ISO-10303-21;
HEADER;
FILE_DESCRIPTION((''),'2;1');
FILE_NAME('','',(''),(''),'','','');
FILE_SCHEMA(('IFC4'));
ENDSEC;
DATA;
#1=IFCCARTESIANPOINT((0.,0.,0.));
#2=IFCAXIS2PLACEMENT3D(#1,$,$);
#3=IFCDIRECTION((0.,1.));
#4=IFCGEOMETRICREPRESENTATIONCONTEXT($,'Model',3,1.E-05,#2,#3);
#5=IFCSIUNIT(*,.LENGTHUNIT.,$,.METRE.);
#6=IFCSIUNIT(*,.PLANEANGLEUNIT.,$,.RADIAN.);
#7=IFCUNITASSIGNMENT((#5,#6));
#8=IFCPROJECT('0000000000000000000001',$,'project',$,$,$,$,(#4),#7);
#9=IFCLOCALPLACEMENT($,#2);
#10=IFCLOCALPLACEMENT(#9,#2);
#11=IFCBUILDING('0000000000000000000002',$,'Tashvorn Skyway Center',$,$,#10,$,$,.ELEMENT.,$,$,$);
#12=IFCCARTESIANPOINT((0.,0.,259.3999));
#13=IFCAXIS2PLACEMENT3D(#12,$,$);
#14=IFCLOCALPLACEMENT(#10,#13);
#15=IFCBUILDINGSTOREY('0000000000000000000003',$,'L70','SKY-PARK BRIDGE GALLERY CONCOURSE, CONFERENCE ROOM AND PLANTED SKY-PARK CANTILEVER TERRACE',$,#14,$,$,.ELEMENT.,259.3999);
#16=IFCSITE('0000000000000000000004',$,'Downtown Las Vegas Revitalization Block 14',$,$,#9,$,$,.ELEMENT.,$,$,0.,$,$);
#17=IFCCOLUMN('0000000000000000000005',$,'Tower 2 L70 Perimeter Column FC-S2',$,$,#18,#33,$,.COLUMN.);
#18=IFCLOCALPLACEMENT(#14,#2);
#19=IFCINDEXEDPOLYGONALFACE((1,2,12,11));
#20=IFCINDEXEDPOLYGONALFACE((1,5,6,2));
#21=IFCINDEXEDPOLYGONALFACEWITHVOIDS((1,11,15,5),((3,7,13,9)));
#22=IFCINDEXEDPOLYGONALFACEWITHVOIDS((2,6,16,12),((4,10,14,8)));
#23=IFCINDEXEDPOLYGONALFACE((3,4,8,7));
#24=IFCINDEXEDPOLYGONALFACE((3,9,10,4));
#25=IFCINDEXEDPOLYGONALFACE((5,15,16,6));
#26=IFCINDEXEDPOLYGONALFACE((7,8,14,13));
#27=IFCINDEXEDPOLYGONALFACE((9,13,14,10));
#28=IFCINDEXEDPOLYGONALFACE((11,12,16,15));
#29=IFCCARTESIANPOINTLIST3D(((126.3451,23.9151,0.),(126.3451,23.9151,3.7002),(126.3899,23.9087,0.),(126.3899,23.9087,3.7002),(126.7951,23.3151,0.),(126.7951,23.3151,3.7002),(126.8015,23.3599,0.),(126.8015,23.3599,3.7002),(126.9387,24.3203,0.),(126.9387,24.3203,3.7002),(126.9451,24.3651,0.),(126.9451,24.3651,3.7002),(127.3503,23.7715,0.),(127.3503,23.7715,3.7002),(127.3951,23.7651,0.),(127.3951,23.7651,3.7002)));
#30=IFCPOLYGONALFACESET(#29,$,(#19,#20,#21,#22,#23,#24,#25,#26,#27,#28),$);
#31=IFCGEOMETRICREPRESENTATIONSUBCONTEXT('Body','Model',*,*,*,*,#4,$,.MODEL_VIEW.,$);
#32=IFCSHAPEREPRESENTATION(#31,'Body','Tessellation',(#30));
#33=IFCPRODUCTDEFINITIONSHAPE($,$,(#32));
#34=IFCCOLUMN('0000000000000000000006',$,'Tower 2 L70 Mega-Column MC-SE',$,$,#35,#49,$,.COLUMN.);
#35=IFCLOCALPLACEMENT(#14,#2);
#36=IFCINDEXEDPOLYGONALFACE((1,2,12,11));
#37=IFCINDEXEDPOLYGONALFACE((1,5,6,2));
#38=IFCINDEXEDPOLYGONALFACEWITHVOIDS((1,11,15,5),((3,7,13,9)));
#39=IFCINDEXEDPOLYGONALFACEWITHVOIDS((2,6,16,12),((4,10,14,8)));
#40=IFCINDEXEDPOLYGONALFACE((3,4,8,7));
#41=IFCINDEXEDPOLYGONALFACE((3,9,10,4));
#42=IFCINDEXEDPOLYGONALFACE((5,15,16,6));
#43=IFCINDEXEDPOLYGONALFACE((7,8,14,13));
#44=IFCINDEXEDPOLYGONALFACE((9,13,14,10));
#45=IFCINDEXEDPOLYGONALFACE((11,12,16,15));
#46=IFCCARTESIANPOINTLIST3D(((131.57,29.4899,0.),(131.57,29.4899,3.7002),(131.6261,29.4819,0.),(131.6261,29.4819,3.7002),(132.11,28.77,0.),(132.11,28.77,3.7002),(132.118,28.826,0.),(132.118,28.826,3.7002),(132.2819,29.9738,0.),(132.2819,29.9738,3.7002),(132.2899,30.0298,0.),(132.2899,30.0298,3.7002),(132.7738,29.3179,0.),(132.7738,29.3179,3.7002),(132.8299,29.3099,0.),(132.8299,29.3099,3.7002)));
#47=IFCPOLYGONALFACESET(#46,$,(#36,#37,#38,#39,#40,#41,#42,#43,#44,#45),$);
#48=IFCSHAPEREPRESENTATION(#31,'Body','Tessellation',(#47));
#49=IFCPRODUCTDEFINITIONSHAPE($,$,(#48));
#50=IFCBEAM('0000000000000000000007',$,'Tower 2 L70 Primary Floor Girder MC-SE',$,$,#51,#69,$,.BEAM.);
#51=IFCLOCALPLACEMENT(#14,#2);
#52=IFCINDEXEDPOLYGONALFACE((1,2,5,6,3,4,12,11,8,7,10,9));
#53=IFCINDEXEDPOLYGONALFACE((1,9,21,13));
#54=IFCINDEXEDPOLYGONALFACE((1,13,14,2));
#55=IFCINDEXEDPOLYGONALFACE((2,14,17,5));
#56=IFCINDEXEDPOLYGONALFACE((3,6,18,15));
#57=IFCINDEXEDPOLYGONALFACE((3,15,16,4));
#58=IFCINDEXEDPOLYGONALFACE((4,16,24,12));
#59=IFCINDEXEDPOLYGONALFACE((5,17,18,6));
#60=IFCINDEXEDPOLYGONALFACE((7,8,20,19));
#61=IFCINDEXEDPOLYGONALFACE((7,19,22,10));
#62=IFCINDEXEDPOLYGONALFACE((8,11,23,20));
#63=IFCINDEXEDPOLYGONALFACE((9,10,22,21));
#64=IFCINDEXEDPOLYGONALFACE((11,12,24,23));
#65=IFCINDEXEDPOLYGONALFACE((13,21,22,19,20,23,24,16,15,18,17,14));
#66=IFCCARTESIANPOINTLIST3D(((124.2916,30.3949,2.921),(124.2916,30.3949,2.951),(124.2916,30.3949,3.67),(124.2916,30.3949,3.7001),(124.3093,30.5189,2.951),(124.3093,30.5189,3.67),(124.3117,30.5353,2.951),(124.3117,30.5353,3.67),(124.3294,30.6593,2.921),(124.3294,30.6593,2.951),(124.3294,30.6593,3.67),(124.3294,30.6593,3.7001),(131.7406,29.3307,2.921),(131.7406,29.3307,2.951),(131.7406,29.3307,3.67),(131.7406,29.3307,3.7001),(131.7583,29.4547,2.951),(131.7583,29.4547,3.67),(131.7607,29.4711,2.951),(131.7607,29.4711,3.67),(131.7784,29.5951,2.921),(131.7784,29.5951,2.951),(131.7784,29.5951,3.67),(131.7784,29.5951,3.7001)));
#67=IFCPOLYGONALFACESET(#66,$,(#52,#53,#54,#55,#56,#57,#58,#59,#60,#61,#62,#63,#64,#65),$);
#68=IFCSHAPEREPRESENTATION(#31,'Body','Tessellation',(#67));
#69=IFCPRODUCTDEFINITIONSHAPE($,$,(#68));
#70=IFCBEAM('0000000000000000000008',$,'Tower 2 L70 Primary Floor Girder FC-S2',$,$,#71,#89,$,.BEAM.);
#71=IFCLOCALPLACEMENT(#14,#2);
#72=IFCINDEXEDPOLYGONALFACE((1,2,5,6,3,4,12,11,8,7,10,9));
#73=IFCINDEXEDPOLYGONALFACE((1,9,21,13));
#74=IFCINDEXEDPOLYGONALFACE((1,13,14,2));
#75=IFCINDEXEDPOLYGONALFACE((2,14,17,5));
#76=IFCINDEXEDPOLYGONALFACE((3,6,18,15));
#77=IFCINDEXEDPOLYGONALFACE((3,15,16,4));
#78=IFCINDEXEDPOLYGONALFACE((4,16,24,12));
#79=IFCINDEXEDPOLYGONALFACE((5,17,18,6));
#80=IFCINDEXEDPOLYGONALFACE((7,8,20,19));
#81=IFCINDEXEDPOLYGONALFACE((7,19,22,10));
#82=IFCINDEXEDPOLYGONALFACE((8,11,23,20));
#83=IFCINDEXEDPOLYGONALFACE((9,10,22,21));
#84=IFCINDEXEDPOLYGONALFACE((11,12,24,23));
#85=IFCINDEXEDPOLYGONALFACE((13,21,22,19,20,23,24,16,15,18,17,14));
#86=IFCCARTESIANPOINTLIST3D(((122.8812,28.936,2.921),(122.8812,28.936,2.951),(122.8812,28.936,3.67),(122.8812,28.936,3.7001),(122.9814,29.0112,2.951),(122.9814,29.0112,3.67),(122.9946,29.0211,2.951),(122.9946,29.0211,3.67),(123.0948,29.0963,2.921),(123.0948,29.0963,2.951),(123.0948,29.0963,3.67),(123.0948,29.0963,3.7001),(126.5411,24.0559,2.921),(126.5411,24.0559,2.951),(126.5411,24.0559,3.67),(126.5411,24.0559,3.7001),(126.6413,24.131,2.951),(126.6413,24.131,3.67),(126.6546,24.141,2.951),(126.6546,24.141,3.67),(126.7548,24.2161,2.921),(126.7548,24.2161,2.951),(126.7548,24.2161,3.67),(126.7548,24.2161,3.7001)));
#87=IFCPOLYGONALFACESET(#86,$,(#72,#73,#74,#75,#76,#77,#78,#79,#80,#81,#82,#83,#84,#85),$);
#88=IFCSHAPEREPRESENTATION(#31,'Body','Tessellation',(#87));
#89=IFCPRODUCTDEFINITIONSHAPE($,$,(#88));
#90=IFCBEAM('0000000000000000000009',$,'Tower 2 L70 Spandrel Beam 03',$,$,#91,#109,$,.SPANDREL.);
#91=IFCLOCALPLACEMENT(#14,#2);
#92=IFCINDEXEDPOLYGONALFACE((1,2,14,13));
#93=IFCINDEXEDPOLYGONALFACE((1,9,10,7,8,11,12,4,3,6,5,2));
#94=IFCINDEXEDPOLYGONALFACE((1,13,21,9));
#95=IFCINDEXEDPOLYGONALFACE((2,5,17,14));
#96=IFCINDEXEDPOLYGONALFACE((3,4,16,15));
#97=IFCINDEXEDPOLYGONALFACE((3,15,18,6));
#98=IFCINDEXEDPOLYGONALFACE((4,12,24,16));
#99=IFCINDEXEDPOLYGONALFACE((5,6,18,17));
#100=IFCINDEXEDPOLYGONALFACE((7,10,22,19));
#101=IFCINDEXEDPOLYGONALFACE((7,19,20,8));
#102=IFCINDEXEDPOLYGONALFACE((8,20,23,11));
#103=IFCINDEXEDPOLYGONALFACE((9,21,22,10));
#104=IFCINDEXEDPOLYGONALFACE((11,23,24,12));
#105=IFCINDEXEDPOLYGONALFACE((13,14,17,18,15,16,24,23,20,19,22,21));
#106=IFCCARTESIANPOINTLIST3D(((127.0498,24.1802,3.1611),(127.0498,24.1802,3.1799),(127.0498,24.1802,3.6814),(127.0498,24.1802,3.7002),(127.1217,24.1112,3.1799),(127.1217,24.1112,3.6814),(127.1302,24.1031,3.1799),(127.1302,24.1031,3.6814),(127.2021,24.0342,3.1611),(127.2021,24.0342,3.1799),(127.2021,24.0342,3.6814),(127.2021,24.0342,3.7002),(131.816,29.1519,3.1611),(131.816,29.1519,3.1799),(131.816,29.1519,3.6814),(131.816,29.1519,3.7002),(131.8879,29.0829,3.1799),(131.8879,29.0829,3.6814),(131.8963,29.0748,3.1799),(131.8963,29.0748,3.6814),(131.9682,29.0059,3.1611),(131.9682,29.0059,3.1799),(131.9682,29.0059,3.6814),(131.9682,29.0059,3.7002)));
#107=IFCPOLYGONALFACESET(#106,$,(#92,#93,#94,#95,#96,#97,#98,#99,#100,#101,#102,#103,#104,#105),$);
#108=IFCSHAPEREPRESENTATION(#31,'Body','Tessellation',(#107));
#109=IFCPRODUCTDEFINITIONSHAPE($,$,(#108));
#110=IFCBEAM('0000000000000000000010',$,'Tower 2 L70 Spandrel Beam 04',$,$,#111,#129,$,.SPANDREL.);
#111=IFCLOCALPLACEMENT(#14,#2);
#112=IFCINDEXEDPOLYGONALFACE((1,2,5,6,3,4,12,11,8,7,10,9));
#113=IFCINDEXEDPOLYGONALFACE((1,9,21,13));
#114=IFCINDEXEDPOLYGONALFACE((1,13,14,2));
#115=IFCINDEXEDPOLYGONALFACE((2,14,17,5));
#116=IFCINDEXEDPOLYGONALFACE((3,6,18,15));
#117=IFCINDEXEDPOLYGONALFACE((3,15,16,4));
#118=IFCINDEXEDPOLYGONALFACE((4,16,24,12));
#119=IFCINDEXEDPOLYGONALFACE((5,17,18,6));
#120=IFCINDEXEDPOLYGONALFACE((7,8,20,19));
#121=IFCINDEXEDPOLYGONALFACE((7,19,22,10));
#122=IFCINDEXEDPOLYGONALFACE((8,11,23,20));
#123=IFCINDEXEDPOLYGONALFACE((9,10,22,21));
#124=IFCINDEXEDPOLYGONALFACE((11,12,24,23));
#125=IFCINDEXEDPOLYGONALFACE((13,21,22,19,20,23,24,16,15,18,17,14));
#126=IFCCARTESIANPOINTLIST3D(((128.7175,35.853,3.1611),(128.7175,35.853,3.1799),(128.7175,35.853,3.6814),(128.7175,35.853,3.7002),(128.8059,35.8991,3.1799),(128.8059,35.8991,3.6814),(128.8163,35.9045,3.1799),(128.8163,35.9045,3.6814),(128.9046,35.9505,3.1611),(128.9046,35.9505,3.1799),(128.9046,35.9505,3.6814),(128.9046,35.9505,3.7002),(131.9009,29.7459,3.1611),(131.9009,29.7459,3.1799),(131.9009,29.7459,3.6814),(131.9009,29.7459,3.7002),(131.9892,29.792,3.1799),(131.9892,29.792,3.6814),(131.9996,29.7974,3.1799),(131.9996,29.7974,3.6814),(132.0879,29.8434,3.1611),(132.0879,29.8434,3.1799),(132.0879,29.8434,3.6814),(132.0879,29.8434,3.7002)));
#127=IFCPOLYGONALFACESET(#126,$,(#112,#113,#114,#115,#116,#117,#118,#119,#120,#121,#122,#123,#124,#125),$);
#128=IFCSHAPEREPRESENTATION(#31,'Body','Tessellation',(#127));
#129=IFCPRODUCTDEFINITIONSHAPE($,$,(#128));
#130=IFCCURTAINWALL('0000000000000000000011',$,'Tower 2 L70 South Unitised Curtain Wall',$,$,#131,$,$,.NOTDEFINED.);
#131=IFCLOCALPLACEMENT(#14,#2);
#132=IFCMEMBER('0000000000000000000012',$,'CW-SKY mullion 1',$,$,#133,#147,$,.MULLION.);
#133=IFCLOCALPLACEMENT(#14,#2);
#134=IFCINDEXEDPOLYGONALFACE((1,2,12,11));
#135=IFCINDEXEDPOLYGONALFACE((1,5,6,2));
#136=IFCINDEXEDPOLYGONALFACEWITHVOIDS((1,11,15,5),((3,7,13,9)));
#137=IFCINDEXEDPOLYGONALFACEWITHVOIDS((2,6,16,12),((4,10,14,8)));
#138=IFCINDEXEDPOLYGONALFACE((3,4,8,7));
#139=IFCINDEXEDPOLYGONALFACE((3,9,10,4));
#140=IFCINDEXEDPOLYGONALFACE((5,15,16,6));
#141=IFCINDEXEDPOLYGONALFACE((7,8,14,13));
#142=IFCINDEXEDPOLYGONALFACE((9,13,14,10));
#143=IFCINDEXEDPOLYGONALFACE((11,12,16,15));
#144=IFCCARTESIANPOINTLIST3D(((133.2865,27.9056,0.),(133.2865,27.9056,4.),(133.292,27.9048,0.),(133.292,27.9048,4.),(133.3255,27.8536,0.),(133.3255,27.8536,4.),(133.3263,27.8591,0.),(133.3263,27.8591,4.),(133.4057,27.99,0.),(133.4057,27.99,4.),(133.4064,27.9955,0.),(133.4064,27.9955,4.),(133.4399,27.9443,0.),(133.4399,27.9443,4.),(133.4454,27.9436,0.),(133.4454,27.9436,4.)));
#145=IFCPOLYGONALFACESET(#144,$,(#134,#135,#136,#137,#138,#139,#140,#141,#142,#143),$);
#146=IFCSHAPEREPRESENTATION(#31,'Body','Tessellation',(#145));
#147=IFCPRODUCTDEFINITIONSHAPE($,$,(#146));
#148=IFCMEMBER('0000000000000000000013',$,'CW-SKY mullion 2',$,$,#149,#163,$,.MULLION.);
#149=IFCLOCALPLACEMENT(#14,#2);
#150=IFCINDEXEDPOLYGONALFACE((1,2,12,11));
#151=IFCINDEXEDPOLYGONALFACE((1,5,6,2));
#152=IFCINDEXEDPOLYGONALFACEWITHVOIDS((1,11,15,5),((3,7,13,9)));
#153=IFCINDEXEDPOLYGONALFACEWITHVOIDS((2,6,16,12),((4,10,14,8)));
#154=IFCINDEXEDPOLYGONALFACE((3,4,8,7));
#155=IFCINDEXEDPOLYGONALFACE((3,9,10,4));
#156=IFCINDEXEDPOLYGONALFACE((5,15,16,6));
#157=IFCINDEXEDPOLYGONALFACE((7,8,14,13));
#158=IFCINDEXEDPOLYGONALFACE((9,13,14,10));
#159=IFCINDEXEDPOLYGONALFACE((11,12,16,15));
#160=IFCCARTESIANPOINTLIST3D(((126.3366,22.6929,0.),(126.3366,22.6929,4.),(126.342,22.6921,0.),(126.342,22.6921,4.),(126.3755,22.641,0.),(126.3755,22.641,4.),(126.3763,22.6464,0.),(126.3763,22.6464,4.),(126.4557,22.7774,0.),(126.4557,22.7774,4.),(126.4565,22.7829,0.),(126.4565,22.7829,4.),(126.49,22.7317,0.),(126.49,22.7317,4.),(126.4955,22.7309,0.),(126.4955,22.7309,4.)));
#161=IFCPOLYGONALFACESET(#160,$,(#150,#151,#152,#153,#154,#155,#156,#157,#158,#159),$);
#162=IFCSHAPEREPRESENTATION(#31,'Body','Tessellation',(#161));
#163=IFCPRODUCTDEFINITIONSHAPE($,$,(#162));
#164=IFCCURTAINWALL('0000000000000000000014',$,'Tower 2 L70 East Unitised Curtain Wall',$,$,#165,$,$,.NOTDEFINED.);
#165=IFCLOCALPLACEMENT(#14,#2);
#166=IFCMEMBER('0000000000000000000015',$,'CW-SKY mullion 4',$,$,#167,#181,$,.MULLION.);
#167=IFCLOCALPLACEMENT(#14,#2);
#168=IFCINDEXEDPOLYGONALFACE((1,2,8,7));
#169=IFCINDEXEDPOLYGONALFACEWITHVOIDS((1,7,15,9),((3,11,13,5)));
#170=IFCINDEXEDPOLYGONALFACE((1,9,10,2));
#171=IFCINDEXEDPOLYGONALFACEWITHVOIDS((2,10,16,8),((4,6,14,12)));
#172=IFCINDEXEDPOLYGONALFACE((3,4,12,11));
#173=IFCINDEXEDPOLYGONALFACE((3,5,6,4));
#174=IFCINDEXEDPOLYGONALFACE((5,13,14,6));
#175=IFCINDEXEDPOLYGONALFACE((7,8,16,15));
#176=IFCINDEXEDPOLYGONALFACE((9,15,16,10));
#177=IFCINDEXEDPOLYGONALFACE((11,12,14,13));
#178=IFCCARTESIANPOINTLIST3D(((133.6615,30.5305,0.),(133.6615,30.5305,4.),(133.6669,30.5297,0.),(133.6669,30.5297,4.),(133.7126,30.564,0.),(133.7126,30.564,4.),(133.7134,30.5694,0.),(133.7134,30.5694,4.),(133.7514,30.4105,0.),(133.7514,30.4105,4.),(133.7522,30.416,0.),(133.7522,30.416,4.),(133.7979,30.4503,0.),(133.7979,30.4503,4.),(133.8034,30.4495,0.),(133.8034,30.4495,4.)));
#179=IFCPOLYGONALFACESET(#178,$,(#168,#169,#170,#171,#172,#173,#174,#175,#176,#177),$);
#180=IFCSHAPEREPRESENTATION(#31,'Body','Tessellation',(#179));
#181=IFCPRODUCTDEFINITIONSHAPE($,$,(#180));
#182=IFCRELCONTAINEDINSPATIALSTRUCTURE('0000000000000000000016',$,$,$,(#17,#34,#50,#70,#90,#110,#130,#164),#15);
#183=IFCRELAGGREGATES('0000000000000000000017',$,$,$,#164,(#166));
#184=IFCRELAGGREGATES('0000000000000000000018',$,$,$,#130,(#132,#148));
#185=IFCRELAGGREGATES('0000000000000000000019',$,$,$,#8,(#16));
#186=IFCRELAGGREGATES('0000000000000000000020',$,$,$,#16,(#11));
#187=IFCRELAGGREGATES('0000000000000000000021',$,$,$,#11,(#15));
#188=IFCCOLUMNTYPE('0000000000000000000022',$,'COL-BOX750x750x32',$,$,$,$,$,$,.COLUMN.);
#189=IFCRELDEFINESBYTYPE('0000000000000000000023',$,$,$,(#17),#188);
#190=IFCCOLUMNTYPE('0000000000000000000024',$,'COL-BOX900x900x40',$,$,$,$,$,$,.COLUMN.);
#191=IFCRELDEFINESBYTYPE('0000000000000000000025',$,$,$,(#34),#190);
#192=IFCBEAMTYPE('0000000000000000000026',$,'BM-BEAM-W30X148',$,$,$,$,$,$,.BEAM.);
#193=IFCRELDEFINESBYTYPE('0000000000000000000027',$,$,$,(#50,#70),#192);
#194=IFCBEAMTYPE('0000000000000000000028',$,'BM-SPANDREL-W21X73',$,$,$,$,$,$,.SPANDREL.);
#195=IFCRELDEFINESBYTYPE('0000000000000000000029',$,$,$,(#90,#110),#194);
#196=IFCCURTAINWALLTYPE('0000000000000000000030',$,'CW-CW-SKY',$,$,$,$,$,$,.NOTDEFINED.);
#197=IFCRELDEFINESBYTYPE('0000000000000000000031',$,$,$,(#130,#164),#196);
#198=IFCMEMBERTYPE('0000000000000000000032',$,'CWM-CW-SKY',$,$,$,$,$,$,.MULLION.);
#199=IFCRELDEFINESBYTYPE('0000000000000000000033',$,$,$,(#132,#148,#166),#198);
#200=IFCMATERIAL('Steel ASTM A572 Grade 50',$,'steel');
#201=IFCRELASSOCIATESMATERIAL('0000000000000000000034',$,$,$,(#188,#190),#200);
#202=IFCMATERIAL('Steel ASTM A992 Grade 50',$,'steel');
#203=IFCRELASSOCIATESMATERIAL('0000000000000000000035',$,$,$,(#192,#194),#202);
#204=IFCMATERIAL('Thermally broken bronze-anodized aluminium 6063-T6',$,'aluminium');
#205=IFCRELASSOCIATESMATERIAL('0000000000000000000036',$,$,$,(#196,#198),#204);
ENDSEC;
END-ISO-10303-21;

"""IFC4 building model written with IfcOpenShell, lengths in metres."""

from ifc_helpers import new_model, si_unit, direction, frame, origin, origin_2d, place, context, subcontext, project, spatial, hollow_rectangle, i_section, extrude, material, material_profile, profile_set, type_object, element, aggregate, save


model = new_model("IFC4")

# Units and contexts
model_context = context("Model", 3, precision=1e-05, world=origin(), true_north=direction((0.0, 1.0)))
body_context = subcontext(model_context, "Body", "Model", "MODEL_VIEW")
ifc_project = project(units=[si_unit("LENGTHUNIT", "METRE"), si_unit("PLANEANGLEUNIT", "RADIAN")], contexts=[model_context])

# Site, building, storey
site_placement = place(None, origin())
site = spatial("IfcSite", under=ifc_project, at=site_placement, Name="Downtown Las Vegas Revitalization Block 14", CompositionType="ELEMENT", RefElevation=0.0)
building_placement = place(site_placement, origin())
building = spatial("IfcBuilding", under=site, at=building_placement, Name="Tashvorn Skyway Center", CompositionType="ELEMENT")
storey_placement = place(building_placement, frame((0.0, 0.0, 259.3999)))
storey = spatial("IfcBuildingStorey", under=building, at=storey_placement, Name="L70", Description="SKY-PARK BRIDGE GALLERY CONCOURSE, CONFERENCE ROOM AND PLANTED SKY-PARK CANTILEVER TERRACE", CompositionType="ELEMENT", Elevation=259.3999)

# Columns
ifc_material_1 = material(Name="Steel ASTM A572 Grade 50", Category="steel")
ifc_material_profile_1 = material_profile(ifc_material_1, hollow_rectangle(XDim=0.75, YDim=0.75, WallThickness=0.032, at=origin_2d()), Name="BOX750x750x32")
ifc_profile_set_1 = profile_set([ifc_material_profile_1], Name="Steel ASTM A572 Grade 50")
column_type_1 = type_object("IfcColumnType", Name="COL-BOX750x750x32", PredefinedType="COLUMN", material=ifc_profile_set_1)
column_1_placement = place(storey_placement, frame((126.8701, 23.8401, 0.0), z_axis=(0.0, 0.0, 1.0), x_axis=(0.8, 0.6, 0.0)))
element("IfcColumn", 1, at=column_1_placement, inside=storey, type_object=column_type_1, Name="Tower 2 L70 Perimeter Column FC-S2", PredefinedType="COLUMN", context=body_context, shape_type="SweptSolid", body=[
    extrude(hollow_rectangle(XDim=0.75, YDim=0.75, WallThickness=0.032, at=origin_2d()), origin(), (0.0, 0.0, 1.0), 3.7002),
])
ifc_material_profile_2 = material_profile(ifc_material_1, hollow_rectangle(XDim=0.8999, YDim=0.8999, WallThickness=0.04, at=origin_2d()), Name="BOX900x900x40")
ifc_profile_set_2 = profile_set([ifc_material_profile_2], Name="Steel ASTM A572 Grade 50")
column_type_2 = type_object("IfcColumnType", Name="COL-BOX900x900x40", PredefinedType="COLUMN", material=ifc_profile_set_2)
column_2_placement = place(storey_placement, frame((132.2, 29.3999, 0.0), z_axis=(0.0, 0.0, 1.0), x_axis=(0.8, 0.6, 0.0)))
element("IfcColumn", 2, at=column_2_placement, inside=storey, type_object=column_type_2, Name="Tower 2 L70 Mega-Column MC-SE", PredefinedType="COLUMN", context=body_context, shape_type="SweptSolid", body=[
    extrude(hollow_rectangle(XDim=0.8999, YDim=0.8999, WallThickness=0.04, at=origin_2d()), origin(), (0.0, 0.0, 1.0), 3.7002),
])

# Beams
ifc_material_2 = material(Name="Steel ASTM A992 Grade 50", Category="steel")
ifc_material_profile_3 = material_profile(ifc_material_2, i_section(OverallWidth=0.2671, OverallDepth=0.7791, WebThickness=0.0166, FlangeThickness=0.03, at=origin_2d()), Name="W30X148")
ifc_profile_set_3 = profile_set([ifc_material_profile_3], Name="Steel ASTM A992 Grade 50")
beam_type_1 = type_object("IfcBeamType", Name="BM-BEAM-W30X148", PredefinedType="BEAM", material=ifc_profile_set_3)
beam_1_placement = place(storey_placement, frame((131.7595, 29.4629, 3.3105), z_axis=(-0.989948, 0.14143, 0.0), x_axis=(-0.14143, -0.989948, 0.0)))
element("IfcBeam", 3, at=beam_1_placement, inside=storey, type_object=beam_type_1, Name="Tower 2 L70 Primary Floor Girder MC-SE", PredefinedType="BEAM", context=body_context, shape_type="SweptSolid", body=[
    extrude(i_section(OverallWidth=0.2671, OverallDepth=0.7791, WebThickness=0.0166, FlangeThickness=0.03, at=origin_2d()), origin(), (0.0, 0.0, 1.0), 7.5247),
])
beam_2_placement = place(storey_placement, frame((126.6479, 24.136, 3.3105), z_axis=(-0.599981, 0.800014, 0.0), x_axis=(-0.800014, -0.599981, 0.0)))
element("IfcBeam", 4, at=beam_2_placement, inside=storey, type_object=beam_type_1, Name="Tower 2 L70 Primary Floor Girder FC-S2", PredefinedType="BEAM", context=body_context, shape_type="SweptSolid", body=[
    extrude(i_section(OverallWidth=0.2671, OverallDepth=0.7791, WebThickness=0.0166, FlangeThickness=0.03, at=origin_2d()), origin(), (0.0, 0.0, 1.0), 6.1001),
])
ifc_material_profile_4 = material_profile(ifc_material_2, i_section(OverallWidth=0.2109, OverallDepth=0.5391, WebThickness=0.0117, FlangeThickness=0.0188, at=origin_2d()), Name="W21X73")
ifc_profile_set_4 = profile_set([ifc_material_profile_4], Name="Steel ASTM A992 Grade 50")
beam_type_2 = type_object("IfcBeamType", Name="BM-SPANDREL-W21X73", PredefinedType="SPANDREL", material=ifc_profile_set_4)
beam_3_placement = place(storey_placement, frame((127.126, 24.1072, 3.4307), z_axis=(0.692025, 0.721873, 0.0), x_axis=(-0.721873, 0.692025, 0.0)))
element("IfcBeam", 5, at=beam_3_placement, inside=storey, type_object=beam_type_2, Name="Tower 2 L70 Spandrel Beam 03", PredefinedType="SPANDREL", context=body_context, shape_type="SweptSolid", body=[
    extrude(i_section(OverallWidth=0.2109, OverallDepth=0.5391, WebThickness=0.0117, FlangeThickness=0.0188, at=origin_2d()), origin(), (0.0, 0.0, 1.0), 6.8872),
])
beam_4_placement = place(storey_placement, frame((131.9944, 29.7947, 3.4307), z_axis=(-0.462223, 0.886764, 0.0), x_axis=(-0.886764, -0.462223, 0.0)))
element("IfcBeam", 6, at=beam_4_placement, inside=storey, type_object=beam_type_2, Name="Tower 2 L70 Spandrel Beam 04", PredefinedType="SPANDREL", context=body_context, shape_type="SweptSolid", body=[
    extrude(i_section(OverallWidth=0.2109, OverallDepth=0.5391, WebThickness=0.0117, FlangeThickness=0.0188, at=origin_2d()), origin(), (0.0, 0.0, 1.0), 6.887),
])

# Curtain wall, members
ifc_material_3 = material(Name="Thermally broken bronze-anodized aluminium 6063-T6", Category="aluminium")
curtain_wall_type = type_object("IfcCurtainWallType", Name="CW-CW-SKY", PredefinedType="NOTDEFINED", material=ifc_material_3)
curtain_wall_1_placement = place(storey_placement, origin())
curtain_wall_1 = element("IfcCurtainWall", 7, at=curtain_wall_1_placement, inside=storey, type_object=curtain_wall_type, Name="Tower 2 L70 South Unitised Curtain Wall", PredefinedType="NOTDEFINED")
ifc_material_profile_5 = material_profile(ifc_material_3, hollow_rectangle(XDim=0.0649, YDim=0.1499, WallThickness=0.0039, at=origin_2d()), Name="ALU-MULL-65x150")
ifc_profile_set_5 = profile_set([ifc_material_profile_5], Name="Thermally broken bronze-anodized aluminium 6063-T6")
member_type_1 = type_object("IfcMemberType", Name="CWM-CW-SKY", PredefinedType="MULLION", material=ifc_profile_set_5)
member_1_placement = place(storey_placement, frame((133.366, 27.9246, 0.0), z_axis=(0.0, 0.0, 1.0), x_axis=(0.6, -0.8, 0.0)))
member_1 = element("IfcMember", 8, at=member_1_placement, type_object=member_type_1, Name="CW-SKY mullion 1", PredefinedType="MULLION", context=body_context, shape_type="SweptSolid", body=[
    extrude(hollow_rectangle(XDim=0.0649, YDim=0.1499, WallThickness=0.0039, at=origin_2d()), origin(), (0.0, 0.0, 1.0), 4.0),
])
member_2_placement = place(storey_placement, frame((126.416, 22.7119, 0.0), z_axis=(0.0, 0.0, 1.0), x_axis=(0.6, -0.8, 0.0)))
member_2 = element("IfcMember", 9, at=member_2_placement, type_object=member_type_1, Name="CW-SKY mullion 2", PredefinedType="MULLION", context=body_context, shape_type="SweptSolid", body=[
    extrude(hollow_rectangle(XDim=0.0649, YDim=0.1499, WallThickness=0.0039, at=origin_2d()), origin(), (0.0, 0.0, 1.0), 4.0),
])

# Curtain wall, member
curtain_wall_2_placement = place(storey_placement, origin())
curtain_wall_2 = element("IfcCurtainWall", 10, at=curtain_wall_2_placement, inside=storey, type_object=curtain_wall_type, Name="Tower 2 L70 East Unitised Curtain Wall", PredefinedType="NOTDEFINED")
member_3_placement = place(storey_placement, frame((133.7324, 30.49, 0.0), z_axis=(0.0, 0.0, 1.0), x_axis=(0.8, 0.6, 0.0)))
member_3 = element("IfcMember", 11, at=member_3_placement, type_object=member_type_1, Name="CW-SKY mullion 4", PredefinedType="MULLION", context=body_context, shape_type="SweptSolid", body=[
    extrude(hollow_rectangle(XDim=0.0649, YDim=0.1499, WallThickness=0.0039, at=origin_2d()), origin(), (0.0, 0.0, 1.0), 4.0),
])
aggregate(curtain_wall_2, [member_3])

aggregate(curtain_wall_1, [member_1, member_2])

save(model, "model.ifc")
